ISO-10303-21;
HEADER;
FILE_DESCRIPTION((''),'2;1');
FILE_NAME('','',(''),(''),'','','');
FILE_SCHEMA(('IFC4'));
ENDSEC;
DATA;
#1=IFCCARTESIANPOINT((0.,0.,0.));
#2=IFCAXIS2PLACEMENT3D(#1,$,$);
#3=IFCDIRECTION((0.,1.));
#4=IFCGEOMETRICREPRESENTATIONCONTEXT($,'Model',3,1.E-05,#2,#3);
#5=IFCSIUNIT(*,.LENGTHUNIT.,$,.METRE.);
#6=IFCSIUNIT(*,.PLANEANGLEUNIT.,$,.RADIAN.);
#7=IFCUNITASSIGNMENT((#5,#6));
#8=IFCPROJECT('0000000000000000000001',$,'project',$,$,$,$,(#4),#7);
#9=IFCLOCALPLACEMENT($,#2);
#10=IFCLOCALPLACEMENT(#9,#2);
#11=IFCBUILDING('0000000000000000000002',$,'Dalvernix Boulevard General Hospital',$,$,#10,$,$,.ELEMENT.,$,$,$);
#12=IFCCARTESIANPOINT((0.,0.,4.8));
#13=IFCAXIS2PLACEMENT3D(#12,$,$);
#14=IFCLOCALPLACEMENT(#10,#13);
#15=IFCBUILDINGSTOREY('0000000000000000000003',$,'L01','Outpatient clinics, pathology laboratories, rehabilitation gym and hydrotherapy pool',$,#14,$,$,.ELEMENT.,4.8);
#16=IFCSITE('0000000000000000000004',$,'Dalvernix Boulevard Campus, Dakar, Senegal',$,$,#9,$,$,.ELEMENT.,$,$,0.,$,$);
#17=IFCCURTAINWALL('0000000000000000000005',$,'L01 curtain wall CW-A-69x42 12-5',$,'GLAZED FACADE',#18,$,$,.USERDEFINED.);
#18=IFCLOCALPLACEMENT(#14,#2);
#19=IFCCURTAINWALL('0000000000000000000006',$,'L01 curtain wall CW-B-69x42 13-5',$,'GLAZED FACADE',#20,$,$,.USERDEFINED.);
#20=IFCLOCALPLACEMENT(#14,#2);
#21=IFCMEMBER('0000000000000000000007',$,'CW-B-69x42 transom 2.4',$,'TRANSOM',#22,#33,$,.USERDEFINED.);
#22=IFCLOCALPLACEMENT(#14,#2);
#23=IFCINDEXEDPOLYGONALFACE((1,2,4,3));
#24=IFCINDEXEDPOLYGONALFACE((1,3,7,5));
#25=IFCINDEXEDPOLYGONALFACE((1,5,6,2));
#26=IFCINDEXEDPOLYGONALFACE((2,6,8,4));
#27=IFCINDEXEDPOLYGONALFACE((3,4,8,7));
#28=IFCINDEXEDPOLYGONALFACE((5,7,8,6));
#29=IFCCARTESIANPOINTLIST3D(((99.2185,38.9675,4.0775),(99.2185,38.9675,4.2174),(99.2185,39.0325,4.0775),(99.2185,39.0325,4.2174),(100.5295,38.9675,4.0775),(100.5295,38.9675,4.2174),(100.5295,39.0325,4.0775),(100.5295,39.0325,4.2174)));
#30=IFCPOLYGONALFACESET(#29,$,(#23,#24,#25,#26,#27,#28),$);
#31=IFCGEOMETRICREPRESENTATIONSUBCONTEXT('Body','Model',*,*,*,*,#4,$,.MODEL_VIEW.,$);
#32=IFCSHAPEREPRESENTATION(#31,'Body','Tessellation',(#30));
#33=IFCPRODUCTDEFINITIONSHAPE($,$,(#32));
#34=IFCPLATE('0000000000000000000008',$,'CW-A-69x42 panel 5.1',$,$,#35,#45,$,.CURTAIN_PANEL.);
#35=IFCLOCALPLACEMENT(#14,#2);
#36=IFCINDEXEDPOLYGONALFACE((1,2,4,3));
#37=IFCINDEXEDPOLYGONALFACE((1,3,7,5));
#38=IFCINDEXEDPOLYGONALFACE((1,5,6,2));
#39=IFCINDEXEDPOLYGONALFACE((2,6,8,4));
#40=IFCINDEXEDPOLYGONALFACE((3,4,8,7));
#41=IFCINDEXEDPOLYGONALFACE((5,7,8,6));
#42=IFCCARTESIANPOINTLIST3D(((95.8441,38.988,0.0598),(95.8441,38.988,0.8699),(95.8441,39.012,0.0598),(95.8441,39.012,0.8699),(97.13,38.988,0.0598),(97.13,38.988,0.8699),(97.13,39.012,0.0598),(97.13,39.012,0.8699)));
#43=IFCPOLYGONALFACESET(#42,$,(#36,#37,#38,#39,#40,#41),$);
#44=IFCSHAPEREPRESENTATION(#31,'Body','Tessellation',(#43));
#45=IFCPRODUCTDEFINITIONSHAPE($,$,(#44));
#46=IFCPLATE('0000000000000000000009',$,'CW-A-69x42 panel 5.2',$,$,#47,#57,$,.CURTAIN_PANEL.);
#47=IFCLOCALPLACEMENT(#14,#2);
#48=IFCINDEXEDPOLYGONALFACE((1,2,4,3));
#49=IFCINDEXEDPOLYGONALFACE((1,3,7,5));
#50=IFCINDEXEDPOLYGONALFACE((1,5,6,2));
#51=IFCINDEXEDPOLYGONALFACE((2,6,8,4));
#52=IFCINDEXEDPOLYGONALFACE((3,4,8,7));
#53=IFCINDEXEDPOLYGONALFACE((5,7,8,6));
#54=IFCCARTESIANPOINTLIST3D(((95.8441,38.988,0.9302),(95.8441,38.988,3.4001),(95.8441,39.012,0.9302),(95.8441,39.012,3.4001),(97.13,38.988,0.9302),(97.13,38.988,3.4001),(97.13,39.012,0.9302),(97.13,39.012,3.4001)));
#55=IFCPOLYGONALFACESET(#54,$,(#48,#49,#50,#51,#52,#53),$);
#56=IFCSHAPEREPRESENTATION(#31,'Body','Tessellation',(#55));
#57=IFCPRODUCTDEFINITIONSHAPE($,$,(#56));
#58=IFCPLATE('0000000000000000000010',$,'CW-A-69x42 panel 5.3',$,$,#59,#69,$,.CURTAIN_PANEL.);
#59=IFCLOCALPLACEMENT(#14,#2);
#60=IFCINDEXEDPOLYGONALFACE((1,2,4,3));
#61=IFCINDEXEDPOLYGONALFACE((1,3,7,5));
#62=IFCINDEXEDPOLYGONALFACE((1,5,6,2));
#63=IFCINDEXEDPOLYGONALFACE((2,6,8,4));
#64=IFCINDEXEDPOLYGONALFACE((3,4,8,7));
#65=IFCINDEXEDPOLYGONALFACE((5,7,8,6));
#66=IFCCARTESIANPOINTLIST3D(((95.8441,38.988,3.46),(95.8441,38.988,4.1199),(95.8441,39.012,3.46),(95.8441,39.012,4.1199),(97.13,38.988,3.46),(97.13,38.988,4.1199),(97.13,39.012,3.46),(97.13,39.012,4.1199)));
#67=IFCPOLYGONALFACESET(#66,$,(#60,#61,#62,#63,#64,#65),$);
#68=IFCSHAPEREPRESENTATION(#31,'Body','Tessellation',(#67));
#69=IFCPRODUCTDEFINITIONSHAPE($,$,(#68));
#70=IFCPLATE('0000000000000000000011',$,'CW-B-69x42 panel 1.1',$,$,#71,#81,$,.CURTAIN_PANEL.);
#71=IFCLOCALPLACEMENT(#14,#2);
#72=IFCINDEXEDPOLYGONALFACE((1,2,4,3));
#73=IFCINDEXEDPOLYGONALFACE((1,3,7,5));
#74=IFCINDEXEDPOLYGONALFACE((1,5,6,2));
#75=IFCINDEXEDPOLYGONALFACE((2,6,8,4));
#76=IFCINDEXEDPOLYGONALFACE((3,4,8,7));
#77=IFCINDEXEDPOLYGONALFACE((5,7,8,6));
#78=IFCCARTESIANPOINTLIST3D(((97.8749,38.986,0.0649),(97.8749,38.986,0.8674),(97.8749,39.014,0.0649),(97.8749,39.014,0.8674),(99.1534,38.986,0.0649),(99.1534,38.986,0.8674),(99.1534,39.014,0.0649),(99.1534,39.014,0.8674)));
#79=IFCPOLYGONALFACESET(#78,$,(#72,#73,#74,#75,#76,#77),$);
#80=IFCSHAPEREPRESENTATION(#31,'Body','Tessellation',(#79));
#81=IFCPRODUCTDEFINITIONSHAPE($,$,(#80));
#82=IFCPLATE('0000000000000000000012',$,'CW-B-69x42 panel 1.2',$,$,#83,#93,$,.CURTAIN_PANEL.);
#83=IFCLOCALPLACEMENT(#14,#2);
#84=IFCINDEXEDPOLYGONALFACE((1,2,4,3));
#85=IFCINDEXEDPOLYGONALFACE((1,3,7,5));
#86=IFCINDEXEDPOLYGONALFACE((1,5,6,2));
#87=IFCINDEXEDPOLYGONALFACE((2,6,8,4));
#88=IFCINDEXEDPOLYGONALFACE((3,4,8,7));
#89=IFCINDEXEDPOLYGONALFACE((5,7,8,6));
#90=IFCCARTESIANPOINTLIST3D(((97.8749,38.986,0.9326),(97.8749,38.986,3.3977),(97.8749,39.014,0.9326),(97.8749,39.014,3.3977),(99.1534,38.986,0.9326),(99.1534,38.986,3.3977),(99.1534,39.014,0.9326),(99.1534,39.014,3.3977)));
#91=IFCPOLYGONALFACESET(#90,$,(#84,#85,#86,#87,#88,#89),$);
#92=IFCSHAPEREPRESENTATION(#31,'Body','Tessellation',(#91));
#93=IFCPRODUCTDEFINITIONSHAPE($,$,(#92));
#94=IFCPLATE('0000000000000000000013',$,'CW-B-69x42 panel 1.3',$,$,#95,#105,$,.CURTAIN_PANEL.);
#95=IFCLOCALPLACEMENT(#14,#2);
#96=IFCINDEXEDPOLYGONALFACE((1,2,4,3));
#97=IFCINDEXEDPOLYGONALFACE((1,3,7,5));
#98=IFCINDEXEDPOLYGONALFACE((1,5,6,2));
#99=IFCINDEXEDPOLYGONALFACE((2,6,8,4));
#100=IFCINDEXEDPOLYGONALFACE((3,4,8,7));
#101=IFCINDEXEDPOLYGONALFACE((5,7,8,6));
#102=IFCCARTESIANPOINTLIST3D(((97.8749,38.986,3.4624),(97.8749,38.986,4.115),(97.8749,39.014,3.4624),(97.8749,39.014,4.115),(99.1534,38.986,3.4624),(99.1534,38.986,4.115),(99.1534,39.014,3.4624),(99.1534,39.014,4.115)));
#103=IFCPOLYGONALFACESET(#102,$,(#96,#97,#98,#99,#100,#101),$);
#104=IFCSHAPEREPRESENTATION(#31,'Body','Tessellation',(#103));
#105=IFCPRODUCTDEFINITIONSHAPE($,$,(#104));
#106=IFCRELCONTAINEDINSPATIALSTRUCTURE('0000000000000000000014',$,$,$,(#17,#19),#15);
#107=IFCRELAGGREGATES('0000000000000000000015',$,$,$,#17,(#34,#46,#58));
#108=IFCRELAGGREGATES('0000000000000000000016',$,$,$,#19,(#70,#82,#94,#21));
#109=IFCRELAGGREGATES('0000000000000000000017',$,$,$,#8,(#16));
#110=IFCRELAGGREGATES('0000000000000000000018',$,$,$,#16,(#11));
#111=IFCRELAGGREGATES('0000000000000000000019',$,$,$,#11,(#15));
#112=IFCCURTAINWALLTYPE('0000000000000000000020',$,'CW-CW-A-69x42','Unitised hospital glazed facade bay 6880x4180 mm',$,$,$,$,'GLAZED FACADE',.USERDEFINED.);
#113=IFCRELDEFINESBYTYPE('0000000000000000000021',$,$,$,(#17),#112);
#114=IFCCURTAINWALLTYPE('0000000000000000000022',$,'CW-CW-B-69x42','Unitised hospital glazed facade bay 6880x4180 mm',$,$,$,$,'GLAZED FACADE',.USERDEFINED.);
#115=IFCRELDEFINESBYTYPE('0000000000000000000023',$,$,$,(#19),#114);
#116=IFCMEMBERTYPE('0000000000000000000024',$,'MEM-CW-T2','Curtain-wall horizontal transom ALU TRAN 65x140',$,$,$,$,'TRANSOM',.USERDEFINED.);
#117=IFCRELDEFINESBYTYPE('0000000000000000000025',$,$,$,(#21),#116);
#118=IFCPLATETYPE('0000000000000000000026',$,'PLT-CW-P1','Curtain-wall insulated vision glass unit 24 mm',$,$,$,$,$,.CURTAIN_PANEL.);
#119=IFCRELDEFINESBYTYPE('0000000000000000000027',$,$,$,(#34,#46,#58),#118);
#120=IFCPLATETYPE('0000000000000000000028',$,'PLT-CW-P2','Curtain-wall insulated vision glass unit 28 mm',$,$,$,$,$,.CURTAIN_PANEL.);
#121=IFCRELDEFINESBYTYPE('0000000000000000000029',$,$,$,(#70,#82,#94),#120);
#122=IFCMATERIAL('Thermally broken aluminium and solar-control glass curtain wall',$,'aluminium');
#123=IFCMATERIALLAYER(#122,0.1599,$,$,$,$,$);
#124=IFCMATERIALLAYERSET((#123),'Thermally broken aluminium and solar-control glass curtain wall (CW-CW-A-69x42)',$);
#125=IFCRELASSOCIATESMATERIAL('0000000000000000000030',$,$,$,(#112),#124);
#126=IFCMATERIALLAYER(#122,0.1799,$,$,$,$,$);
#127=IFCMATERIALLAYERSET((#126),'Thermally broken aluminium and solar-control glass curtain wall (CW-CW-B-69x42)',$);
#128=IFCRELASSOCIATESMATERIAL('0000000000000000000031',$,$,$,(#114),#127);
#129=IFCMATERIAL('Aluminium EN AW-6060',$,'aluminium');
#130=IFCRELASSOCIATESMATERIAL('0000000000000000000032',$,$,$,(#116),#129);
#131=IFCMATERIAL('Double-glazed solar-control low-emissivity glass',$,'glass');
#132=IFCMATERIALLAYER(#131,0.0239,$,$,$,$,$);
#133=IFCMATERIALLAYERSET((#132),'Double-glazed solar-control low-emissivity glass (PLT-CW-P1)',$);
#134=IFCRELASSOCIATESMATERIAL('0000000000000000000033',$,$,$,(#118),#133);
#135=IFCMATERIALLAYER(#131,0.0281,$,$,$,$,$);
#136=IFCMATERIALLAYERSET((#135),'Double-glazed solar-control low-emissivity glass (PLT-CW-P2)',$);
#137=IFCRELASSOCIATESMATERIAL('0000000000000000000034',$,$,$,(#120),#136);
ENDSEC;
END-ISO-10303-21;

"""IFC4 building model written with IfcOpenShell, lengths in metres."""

from ifc_helpers import new_model, si_unit, direction, frame, origin, origin_2d, place, context, subcontext, project, spatial, rectangle, extrude, material, layer, layer_set, material_profile, profile_set, type_object, element, aggregate, save


model = new_model("IFC4")

# Units and contexts
model_context = context("Model", 3, precision=1e-05, world=origin(), true_north=direction((0.0, 1.0)))
body_context = subcontext(model_context, "Body", "Model", "MODEL_VIEW")
ifc_project = project(units=[si_unit("LENGTHUNIT", "METRE"), si_unit("PLANEANGLEUNIT", "RADIAN")], contexts=[model_context])

# Site, building, storey
site_placement = place(None, origin())
site = spatial("IfcSite", under=ifc_project, at=site_placement, Name="Dalvernix Boulevard Campus, Dakar, Senegal", CompositionType="ELEMENT", RefElevation=0.0)
building_placement = place(site_placement, origin())
building = spatial("IfcBuilding", under=site, at=building_placement, Name="Dalvernix Boulevard General Hospital", CompositionType="ELEMENT")
storey_placement = place(building_placement, frame((0.0, 0.0, 4.8)))
storey = spatial("IfcBuildingStorey", under=building, at=storey_placement, Name="L01", Description="Outpatient clinics, pathology laboratories, rehabilitation gym and hydrotherapy pool", CompositionType="ELEMENT", Elevation=4.8)

# Curtain wall
ifc_material_1 = material(Name="Thermally broken aluminium and solar-control glass curtain wall", Category="aluminium")
ifc_layer_1 = layer(ifc_material_1, 0.1599)
ifc_layer_set_1 = layer_set([ifc_layer_1], Name="Thermally broken aluminium and solar-control glass curtain wall (CW-CW-A-69x42)")
curtain_wall_type_1 = type_object("IfcCurtainWallType", Name="CW-CW-A-69x42", Description="Unitised hospital glazed facade bay 6880x4180 mm", ElementType="GLAZED FACADE", PredefinedType="USERDEFINED", material=ifc_layer_set_1)
curtain_wall_1_placement = place(storey_placement, origin())
curtain_wall_1 = element("IfcCurtainWall", 1, at=curtain_wall_1_placement, inside=storey, type_object=curtain_wall_type_1, Name="L01 curtain wall CW-A-69x42 12-5", ObjectType="GLAZED FACADE", PredefinedType="USERDEFINED")
ifc_material_2 = material(Name="Aluminium EN AW-6060", Category="aluminium")

# Curtain wall
ifc_layer_2 = layer(ifc_material_1, 0.1799)
ifc_layer_set_2 = layer_set([ifc_layer_2], Name="Thermally broken aluminium and solar-control glass curtain wall (CW-CW-B-69x42)")
curtain_wall_type_2 = type_object("IfcCurtainWallType", Name="CW-CW-B-69x42", Description="Unitised hospital glazed facade bay 6880x4180 mm", ElementType="GLAZED FACADE", PredefinedType="USERDEFINED", material=ifc_layer_set_2)
curtain_wall_2_placement = place(storey_placement, origin())
curtain_wall_2 = element("IfcCurtainWall", 2, at=curtain_wall_2_placement, inside=storey, type_object=curtain_wall_type_2, Name="L01 curtain wall CW-B-69x42 13-5", ObjectType="GLAZED FACADE", PredefinedType="USERDEFINED")

# Member
ifc_material_profile_1 = material_profile(ifc_material_2, rectangle(XDim=0.0649, YDim=0.1399, at=origin_2d()), Name="ALU TRAN 65x140")
ifc_profile_set_1 = profile_set([ifc_material_profile_1], Name="Aluminium EN AW-6060")
member_type_1 = type_object("IfcMemberType", Name="MEM-CW-T2", Description="Curtain-wall horizontal transom ALU TRAN 65x140", ElementType="TRANSOM", PredefinedType="USERDEFINED", material=ifc_profile_set_1)
member_1_placement = place(storey_placement, frame((99.2185, 39.0, 4.1475), z_axis=(1.0, 0.0, 0.0), x_axis=(0.0, 1.0, 0.0)))
member_1 = element("IfcMember", 3, at=member_1_placement, type_object=member_type_1, Name="CW-B-69x42 transom 2.4", ObjectType="TRANSOM", PredefinedType="USERDEFINED", context=body_context, shape_type="SweptSolid", body=[
    extrude(rectangle(XDim=0.0649, YDim=0.1399, at=origin_2d()), origin(), (0.0, 0.0, 1.0), 1.311),
])

# Plates
ifc_material_3 = material(Name="Double-glazed solar-control low-emissivity glass", Category="glass")
ifc_layer_3 = layer(ifc_material_3, 0.0239)
ifc_layer_set_3 = layer_set([ifc_layer_3], Name="Double-glazed solar-control low-emissivity glass (PLT-CW-P1)")
plate_type_1 = type_object("IfcPlateType", Name="PLT-CW-P1", Description="Curtain-wall insulated vision glass unit 24 mm", PredefinedType="CURTAIN_PANEL", material=ifc_layer_set_3)
plate_1_placement = place(storey_placement, frame((96.4871, 39.0, 0.0598), z_axis=(0.0, 0.0, 1.0), x_axis=(1.0, 0.0, 0.0)))
plate_1 = element("IfcPlate", 4, at=plate_1_placement, type_object=plate_type_1, Name="CW-A-69x42 panel 5.1", PredefinedType="CURTAIN_PANEL", context=body_context, shape_type="SweptSolid", body=[
    extrude(rectangle(XDim=1.2859, YDim=0.0239, at=origin_2d()), origin(), (0.0, 0.0, 1.0), 0.8101),
])
plate_2_placement = place(storey_placement, frame((96.4871, 39.0, 0.9302), z_axis=(0.0, 0.0, 1.0), x_axis=(1.0, 0.0, 0.0)))
plate_2 = element("IfcPlate", 5, at=plate_2_placement, type_object=plate_type_1, Name="CW-A-69x42 panel 5.2", PredefinedType="CURTAIN_PANEL", context=body_context, shape_type="SweptSolid", body=[
    extrude(rectangle(XDim=1.2859, YDim=0.0239, at=origin_2d()), origin(), (0.0, 0.0, 1.0), 2.47),
])
plate_3_placement = place(storey_placement, frame((96.4871, 39.0, 3.46), z_axis=(0.0, 0.0, 1.0), x_axis=(1.0, 0.0, 0.0)))
plate_3 = element("IfcPlate", 6, at=plate_3_placement, type_object=plate_type_1, Name="CW-A-69x42 panel 5.3", PredefinedType="CURTAIN_PANEL", context=body_context, shape_type="SweptSolid", body=[
    extrude(rectangle(XDim=1.2859, YDim=0.0239, at=origin_2d()), origin(), (0.0, 0.0, 1.0), 0.6599),
])
aggregate(curtain_wall_1, [plate_1, plate_2, plate_3])
ifc_layer_4 = layer(ifc_material_3, 0.0281)
ifc_layer_set_4 = layer_set([ifc_layer_4], Name="Double-glazed solar-control low-emissivity glass (PLT-CW-P2)")
plate_type_2 = type_object("IfcPlateType", Name="PLT-CW-P2", Description="Curtain-wall insulated vision glass unit 28 mm", PredefinedType="CURTAIN_PANEL", material=ifc_layer_set_4)
plate_4_placement = place(storey_placement, frame((98.5142, 39.0, 0.0649), z_axis=(0.0, 0.0, 1.0), x_axis=(1.0, 0.0, 0.0)))
plate_4 = element("IfcPlate", 7, at=plate_4_placement, type_object=plate_type_2, Name="CW-B-69x42 panel 1.1", PredefinedType="CURTAIN_PANEL", context=body_context, shape_type="SweptSolid", body=[
    extrude(rectangle(XDim=1.2786, YDim=0.0281, at=origin_2d()), origin(), (0.0, 0.0, 1.0), 0.8025),
])
plate_5_placement = place(storey_placement, frame((98.5142, 39.0, 0.9326), z_axis=(0.0, 0.0, 1.0), x_axis=(1.0, 0.0, 0.0)))
plate_5 = element("IfcPlate", 8, at=plate_5_placement, type_object=plate_type_2, Name="CW-B-69x42 panel 1.2", PredefinedType="CURTAIN_PANEL", context=body_context, shape_type="SweptSolid", body=[
    extrude(rectangle(XDim=1.2786, YDim=0.0281, at=origin_2d()), origin(), (0.0, 0.0, 1.0), 2.4651),
])
plate_6_placement = place(storey_placement, frame((98.5142, 39.0, 3.4624), z_axis=(0.0, 0.0, 1.0), x_axis=(1.0, 0.0, 0.0)))
plate_6 = element("IfcPlate", 9, at=plate_6_placement, type_object=plate_type_2, Name="CW-B-69x42 panel 1.3", PredefinedType="CURTAIN_PANEL", context=body_context, shape_type="SweptSolid", body=[
    extrude(rectangle(XDim=1.2786, YDim=0.0281, at=origin_2d()), origin(), (0.0, 0.0, 1.0), 0.6526),
])
aggregate(curtain_wall_2, [plate_4, plate_5, plate_6, member_1])

save(model, "model.ifc")
